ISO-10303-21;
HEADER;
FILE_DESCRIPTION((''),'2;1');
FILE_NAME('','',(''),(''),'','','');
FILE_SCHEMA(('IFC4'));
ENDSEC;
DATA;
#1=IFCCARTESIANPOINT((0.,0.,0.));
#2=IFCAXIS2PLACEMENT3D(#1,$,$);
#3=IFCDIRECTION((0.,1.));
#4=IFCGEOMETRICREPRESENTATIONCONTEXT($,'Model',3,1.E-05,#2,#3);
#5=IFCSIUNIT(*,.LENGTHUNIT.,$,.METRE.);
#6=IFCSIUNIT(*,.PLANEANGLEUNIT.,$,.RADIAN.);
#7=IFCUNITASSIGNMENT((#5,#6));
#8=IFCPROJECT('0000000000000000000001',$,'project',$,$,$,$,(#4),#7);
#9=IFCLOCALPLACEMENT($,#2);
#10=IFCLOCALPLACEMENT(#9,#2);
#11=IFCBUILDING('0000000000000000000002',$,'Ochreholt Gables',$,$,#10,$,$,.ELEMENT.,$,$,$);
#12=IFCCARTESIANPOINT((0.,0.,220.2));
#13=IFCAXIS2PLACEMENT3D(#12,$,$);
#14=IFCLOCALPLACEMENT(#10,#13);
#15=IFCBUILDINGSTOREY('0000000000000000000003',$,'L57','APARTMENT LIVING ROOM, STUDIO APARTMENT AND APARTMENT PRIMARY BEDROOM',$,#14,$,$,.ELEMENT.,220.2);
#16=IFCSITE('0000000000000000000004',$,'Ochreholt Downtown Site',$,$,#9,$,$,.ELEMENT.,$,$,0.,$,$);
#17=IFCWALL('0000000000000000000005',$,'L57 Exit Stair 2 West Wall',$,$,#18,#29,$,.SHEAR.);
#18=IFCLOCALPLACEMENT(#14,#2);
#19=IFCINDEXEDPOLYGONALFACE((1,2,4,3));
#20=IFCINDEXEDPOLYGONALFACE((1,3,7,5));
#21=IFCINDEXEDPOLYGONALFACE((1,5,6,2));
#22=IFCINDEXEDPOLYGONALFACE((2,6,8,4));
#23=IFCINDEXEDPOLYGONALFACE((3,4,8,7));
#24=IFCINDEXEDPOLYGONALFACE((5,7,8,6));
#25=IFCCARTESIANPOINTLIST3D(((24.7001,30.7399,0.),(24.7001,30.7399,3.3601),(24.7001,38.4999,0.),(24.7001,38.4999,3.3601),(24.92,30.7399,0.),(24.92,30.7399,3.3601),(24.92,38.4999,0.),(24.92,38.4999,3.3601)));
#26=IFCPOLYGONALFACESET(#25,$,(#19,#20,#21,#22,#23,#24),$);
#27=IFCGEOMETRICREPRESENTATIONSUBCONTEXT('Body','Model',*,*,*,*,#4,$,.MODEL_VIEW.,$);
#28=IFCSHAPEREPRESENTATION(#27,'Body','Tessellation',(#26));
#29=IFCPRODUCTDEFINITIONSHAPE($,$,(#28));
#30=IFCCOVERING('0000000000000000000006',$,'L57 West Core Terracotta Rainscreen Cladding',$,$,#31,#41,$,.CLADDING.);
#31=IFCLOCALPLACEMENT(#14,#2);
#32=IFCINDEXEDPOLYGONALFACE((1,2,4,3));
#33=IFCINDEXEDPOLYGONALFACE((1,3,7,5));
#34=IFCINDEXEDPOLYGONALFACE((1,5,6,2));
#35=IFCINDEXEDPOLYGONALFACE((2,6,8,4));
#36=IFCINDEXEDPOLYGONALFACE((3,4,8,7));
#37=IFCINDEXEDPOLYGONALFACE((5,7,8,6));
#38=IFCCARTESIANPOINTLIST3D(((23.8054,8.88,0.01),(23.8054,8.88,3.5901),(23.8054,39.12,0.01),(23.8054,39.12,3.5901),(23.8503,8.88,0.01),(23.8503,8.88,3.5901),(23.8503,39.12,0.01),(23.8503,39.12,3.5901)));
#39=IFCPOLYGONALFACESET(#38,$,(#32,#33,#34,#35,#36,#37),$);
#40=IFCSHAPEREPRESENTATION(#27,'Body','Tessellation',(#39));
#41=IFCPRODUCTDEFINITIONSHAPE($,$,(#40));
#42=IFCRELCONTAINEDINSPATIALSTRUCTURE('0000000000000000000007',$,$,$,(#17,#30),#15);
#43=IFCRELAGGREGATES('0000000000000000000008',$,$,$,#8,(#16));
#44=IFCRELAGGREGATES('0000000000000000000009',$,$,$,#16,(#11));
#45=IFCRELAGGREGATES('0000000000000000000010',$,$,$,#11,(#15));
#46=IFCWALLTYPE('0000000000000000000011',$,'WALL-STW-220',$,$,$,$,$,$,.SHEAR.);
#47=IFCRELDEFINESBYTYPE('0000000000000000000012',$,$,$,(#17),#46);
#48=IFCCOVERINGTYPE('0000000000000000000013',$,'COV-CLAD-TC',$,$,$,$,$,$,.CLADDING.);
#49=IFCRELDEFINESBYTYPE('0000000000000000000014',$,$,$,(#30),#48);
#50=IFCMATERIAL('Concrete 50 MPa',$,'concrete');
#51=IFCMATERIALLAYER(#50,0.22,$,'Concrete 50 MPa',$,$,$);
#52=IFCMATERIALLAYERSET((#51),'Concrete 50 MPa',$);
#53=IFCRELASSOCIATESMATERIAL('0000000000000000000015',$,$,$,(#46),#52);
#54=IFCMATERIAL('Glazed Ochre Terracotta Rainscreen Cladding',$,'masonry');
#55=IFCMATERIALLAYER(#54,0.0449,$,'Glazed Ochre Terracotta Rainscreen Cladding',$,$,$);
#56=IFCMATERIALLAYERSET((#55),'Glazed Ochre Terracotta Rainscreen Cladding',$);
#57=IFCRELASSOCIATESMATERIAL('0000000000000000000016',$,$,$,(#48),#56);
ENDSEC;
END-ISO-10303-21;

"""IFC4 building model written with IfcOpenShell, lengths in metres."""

from ifc_helpers import new_model, si_unit, direction, frame, frame_2d, origin, origin_2d, place, context, subcontext, project, spatial, rectangle, extrude, material, layer, layer_set, type_object, element, save


model = new_model("IFC4")

# Units and contexts
model_context = context("Model", 3, precision=1e-05, world=origin(), true_north=direction((0.0, 1.0)))
body_context = subcontext(model_context, "Body", "Model", "MODEL_VIEW")
ifc_project = project(units=[si_unit("LENGTHUNIT", "METRE"), si_unit("PLANEANGLEUNIT", "RADIAN")], contexts=[model_context])

# Site, building, storey
site_placement = place(None, origin())
site = spatial("IfcSite", under=ifc_project, at=site_placement, Name="Ochreholt Downtown Site", CompositionType="ELEMENT", RefElevation=0.0)
building_placement = place(site_placement, origin())
building = spatial("IfcBuilding", under=site, at=building_placement, Name="Ochreholt Gables", CompositionType="ELEMENT")
storey_placement = place(building_placement, frame((0.0, 0.0, 220.2)))
storey = spatial("IfcBuildingStorey", under=building, at=storey_placement, Name="L57", Description="APARTMENT LIVING ROOM, STUDIO APARTMENT AND APARTMENT PRIMARY BEDROOM", CompositionType="ELEMENT", Elevation=220.2)

# Shared definitions
ifc_material_1 = material(Name="Concrete 50 MPa", Category="concrete")

# Wall
ifc_layer_1 = layer(ifc_material_1, 0.22, Name="Concrete 50 MPa")
ifc_layer_set_1 = layer_set([ifc_layer_1], Name="Concrete 50 MPa")
wall_type_1 = type_object("IfcWallType", Name="WALL-STW-220", PredefinedType="SHEAR", material=ifc_layer_set_1)
wall_1_placement = place(storey_placement, frame((24.8101, 30.74, 0.0), z_axis=(0.0, 0.0, 1.0), x_axis=(0.0, 1.0, 0.0)))
element("IfcWall", 1, at=wall_1_placement, inside=storey, type_object=wall_type_1, Name="L57 Exit Stair 2 West Wall", PredefinedType="SHEAR", context=body_context, shape_type="SweptSolid", body=[
    extrude(rectangle(XDim=7.76, YDim=0.22, at=frame_2d((3.8799, 0.0))), origin(), (0.0, 0.0, 1.0), 3.3601),
])

# Covering
ifc_material_2 = material(Name="Glazed Ochre Terracotta Rainscreen Cladding", Category="masonry")
ifc_layer_2 = layer(ifc_material_2, 0.0449, Name="Glazed Ochre Terracotta Rainscreen Cladding")
ifc_layer_set_2 = layer_set([ifc_layer_2], Name="Glazed Ochre Terracotta Rainscreen Cladding")
covering_type = type_object("IfcCoveringType", Name="COV-CLAD-TC", PredefinedType="CLADDING", material=ifc_layer_set_2)
covering_placement = place(storey_placement, frame((23.8279, 24.0, 0.01), z_axis=(0.0, 0.0, 1.0), x_axis=(0.0, 1.0, 0.0)))
element("IfcCovering", 2, at=covering_placement, inside=storey, type_object=covering_type, Name="L57 West Core Terracotta Rainscreen Cladding", PredefinedType="CLADDING", context=body_context, shape_type="SweptSolid", body=[
    extrude(rectangle(XDim=30.24, YDim=0.0449, at=origin_2d()), origin(), (0.0, 0.0, 1.0), 3.5801),
])

save(model, "model.ifc")
